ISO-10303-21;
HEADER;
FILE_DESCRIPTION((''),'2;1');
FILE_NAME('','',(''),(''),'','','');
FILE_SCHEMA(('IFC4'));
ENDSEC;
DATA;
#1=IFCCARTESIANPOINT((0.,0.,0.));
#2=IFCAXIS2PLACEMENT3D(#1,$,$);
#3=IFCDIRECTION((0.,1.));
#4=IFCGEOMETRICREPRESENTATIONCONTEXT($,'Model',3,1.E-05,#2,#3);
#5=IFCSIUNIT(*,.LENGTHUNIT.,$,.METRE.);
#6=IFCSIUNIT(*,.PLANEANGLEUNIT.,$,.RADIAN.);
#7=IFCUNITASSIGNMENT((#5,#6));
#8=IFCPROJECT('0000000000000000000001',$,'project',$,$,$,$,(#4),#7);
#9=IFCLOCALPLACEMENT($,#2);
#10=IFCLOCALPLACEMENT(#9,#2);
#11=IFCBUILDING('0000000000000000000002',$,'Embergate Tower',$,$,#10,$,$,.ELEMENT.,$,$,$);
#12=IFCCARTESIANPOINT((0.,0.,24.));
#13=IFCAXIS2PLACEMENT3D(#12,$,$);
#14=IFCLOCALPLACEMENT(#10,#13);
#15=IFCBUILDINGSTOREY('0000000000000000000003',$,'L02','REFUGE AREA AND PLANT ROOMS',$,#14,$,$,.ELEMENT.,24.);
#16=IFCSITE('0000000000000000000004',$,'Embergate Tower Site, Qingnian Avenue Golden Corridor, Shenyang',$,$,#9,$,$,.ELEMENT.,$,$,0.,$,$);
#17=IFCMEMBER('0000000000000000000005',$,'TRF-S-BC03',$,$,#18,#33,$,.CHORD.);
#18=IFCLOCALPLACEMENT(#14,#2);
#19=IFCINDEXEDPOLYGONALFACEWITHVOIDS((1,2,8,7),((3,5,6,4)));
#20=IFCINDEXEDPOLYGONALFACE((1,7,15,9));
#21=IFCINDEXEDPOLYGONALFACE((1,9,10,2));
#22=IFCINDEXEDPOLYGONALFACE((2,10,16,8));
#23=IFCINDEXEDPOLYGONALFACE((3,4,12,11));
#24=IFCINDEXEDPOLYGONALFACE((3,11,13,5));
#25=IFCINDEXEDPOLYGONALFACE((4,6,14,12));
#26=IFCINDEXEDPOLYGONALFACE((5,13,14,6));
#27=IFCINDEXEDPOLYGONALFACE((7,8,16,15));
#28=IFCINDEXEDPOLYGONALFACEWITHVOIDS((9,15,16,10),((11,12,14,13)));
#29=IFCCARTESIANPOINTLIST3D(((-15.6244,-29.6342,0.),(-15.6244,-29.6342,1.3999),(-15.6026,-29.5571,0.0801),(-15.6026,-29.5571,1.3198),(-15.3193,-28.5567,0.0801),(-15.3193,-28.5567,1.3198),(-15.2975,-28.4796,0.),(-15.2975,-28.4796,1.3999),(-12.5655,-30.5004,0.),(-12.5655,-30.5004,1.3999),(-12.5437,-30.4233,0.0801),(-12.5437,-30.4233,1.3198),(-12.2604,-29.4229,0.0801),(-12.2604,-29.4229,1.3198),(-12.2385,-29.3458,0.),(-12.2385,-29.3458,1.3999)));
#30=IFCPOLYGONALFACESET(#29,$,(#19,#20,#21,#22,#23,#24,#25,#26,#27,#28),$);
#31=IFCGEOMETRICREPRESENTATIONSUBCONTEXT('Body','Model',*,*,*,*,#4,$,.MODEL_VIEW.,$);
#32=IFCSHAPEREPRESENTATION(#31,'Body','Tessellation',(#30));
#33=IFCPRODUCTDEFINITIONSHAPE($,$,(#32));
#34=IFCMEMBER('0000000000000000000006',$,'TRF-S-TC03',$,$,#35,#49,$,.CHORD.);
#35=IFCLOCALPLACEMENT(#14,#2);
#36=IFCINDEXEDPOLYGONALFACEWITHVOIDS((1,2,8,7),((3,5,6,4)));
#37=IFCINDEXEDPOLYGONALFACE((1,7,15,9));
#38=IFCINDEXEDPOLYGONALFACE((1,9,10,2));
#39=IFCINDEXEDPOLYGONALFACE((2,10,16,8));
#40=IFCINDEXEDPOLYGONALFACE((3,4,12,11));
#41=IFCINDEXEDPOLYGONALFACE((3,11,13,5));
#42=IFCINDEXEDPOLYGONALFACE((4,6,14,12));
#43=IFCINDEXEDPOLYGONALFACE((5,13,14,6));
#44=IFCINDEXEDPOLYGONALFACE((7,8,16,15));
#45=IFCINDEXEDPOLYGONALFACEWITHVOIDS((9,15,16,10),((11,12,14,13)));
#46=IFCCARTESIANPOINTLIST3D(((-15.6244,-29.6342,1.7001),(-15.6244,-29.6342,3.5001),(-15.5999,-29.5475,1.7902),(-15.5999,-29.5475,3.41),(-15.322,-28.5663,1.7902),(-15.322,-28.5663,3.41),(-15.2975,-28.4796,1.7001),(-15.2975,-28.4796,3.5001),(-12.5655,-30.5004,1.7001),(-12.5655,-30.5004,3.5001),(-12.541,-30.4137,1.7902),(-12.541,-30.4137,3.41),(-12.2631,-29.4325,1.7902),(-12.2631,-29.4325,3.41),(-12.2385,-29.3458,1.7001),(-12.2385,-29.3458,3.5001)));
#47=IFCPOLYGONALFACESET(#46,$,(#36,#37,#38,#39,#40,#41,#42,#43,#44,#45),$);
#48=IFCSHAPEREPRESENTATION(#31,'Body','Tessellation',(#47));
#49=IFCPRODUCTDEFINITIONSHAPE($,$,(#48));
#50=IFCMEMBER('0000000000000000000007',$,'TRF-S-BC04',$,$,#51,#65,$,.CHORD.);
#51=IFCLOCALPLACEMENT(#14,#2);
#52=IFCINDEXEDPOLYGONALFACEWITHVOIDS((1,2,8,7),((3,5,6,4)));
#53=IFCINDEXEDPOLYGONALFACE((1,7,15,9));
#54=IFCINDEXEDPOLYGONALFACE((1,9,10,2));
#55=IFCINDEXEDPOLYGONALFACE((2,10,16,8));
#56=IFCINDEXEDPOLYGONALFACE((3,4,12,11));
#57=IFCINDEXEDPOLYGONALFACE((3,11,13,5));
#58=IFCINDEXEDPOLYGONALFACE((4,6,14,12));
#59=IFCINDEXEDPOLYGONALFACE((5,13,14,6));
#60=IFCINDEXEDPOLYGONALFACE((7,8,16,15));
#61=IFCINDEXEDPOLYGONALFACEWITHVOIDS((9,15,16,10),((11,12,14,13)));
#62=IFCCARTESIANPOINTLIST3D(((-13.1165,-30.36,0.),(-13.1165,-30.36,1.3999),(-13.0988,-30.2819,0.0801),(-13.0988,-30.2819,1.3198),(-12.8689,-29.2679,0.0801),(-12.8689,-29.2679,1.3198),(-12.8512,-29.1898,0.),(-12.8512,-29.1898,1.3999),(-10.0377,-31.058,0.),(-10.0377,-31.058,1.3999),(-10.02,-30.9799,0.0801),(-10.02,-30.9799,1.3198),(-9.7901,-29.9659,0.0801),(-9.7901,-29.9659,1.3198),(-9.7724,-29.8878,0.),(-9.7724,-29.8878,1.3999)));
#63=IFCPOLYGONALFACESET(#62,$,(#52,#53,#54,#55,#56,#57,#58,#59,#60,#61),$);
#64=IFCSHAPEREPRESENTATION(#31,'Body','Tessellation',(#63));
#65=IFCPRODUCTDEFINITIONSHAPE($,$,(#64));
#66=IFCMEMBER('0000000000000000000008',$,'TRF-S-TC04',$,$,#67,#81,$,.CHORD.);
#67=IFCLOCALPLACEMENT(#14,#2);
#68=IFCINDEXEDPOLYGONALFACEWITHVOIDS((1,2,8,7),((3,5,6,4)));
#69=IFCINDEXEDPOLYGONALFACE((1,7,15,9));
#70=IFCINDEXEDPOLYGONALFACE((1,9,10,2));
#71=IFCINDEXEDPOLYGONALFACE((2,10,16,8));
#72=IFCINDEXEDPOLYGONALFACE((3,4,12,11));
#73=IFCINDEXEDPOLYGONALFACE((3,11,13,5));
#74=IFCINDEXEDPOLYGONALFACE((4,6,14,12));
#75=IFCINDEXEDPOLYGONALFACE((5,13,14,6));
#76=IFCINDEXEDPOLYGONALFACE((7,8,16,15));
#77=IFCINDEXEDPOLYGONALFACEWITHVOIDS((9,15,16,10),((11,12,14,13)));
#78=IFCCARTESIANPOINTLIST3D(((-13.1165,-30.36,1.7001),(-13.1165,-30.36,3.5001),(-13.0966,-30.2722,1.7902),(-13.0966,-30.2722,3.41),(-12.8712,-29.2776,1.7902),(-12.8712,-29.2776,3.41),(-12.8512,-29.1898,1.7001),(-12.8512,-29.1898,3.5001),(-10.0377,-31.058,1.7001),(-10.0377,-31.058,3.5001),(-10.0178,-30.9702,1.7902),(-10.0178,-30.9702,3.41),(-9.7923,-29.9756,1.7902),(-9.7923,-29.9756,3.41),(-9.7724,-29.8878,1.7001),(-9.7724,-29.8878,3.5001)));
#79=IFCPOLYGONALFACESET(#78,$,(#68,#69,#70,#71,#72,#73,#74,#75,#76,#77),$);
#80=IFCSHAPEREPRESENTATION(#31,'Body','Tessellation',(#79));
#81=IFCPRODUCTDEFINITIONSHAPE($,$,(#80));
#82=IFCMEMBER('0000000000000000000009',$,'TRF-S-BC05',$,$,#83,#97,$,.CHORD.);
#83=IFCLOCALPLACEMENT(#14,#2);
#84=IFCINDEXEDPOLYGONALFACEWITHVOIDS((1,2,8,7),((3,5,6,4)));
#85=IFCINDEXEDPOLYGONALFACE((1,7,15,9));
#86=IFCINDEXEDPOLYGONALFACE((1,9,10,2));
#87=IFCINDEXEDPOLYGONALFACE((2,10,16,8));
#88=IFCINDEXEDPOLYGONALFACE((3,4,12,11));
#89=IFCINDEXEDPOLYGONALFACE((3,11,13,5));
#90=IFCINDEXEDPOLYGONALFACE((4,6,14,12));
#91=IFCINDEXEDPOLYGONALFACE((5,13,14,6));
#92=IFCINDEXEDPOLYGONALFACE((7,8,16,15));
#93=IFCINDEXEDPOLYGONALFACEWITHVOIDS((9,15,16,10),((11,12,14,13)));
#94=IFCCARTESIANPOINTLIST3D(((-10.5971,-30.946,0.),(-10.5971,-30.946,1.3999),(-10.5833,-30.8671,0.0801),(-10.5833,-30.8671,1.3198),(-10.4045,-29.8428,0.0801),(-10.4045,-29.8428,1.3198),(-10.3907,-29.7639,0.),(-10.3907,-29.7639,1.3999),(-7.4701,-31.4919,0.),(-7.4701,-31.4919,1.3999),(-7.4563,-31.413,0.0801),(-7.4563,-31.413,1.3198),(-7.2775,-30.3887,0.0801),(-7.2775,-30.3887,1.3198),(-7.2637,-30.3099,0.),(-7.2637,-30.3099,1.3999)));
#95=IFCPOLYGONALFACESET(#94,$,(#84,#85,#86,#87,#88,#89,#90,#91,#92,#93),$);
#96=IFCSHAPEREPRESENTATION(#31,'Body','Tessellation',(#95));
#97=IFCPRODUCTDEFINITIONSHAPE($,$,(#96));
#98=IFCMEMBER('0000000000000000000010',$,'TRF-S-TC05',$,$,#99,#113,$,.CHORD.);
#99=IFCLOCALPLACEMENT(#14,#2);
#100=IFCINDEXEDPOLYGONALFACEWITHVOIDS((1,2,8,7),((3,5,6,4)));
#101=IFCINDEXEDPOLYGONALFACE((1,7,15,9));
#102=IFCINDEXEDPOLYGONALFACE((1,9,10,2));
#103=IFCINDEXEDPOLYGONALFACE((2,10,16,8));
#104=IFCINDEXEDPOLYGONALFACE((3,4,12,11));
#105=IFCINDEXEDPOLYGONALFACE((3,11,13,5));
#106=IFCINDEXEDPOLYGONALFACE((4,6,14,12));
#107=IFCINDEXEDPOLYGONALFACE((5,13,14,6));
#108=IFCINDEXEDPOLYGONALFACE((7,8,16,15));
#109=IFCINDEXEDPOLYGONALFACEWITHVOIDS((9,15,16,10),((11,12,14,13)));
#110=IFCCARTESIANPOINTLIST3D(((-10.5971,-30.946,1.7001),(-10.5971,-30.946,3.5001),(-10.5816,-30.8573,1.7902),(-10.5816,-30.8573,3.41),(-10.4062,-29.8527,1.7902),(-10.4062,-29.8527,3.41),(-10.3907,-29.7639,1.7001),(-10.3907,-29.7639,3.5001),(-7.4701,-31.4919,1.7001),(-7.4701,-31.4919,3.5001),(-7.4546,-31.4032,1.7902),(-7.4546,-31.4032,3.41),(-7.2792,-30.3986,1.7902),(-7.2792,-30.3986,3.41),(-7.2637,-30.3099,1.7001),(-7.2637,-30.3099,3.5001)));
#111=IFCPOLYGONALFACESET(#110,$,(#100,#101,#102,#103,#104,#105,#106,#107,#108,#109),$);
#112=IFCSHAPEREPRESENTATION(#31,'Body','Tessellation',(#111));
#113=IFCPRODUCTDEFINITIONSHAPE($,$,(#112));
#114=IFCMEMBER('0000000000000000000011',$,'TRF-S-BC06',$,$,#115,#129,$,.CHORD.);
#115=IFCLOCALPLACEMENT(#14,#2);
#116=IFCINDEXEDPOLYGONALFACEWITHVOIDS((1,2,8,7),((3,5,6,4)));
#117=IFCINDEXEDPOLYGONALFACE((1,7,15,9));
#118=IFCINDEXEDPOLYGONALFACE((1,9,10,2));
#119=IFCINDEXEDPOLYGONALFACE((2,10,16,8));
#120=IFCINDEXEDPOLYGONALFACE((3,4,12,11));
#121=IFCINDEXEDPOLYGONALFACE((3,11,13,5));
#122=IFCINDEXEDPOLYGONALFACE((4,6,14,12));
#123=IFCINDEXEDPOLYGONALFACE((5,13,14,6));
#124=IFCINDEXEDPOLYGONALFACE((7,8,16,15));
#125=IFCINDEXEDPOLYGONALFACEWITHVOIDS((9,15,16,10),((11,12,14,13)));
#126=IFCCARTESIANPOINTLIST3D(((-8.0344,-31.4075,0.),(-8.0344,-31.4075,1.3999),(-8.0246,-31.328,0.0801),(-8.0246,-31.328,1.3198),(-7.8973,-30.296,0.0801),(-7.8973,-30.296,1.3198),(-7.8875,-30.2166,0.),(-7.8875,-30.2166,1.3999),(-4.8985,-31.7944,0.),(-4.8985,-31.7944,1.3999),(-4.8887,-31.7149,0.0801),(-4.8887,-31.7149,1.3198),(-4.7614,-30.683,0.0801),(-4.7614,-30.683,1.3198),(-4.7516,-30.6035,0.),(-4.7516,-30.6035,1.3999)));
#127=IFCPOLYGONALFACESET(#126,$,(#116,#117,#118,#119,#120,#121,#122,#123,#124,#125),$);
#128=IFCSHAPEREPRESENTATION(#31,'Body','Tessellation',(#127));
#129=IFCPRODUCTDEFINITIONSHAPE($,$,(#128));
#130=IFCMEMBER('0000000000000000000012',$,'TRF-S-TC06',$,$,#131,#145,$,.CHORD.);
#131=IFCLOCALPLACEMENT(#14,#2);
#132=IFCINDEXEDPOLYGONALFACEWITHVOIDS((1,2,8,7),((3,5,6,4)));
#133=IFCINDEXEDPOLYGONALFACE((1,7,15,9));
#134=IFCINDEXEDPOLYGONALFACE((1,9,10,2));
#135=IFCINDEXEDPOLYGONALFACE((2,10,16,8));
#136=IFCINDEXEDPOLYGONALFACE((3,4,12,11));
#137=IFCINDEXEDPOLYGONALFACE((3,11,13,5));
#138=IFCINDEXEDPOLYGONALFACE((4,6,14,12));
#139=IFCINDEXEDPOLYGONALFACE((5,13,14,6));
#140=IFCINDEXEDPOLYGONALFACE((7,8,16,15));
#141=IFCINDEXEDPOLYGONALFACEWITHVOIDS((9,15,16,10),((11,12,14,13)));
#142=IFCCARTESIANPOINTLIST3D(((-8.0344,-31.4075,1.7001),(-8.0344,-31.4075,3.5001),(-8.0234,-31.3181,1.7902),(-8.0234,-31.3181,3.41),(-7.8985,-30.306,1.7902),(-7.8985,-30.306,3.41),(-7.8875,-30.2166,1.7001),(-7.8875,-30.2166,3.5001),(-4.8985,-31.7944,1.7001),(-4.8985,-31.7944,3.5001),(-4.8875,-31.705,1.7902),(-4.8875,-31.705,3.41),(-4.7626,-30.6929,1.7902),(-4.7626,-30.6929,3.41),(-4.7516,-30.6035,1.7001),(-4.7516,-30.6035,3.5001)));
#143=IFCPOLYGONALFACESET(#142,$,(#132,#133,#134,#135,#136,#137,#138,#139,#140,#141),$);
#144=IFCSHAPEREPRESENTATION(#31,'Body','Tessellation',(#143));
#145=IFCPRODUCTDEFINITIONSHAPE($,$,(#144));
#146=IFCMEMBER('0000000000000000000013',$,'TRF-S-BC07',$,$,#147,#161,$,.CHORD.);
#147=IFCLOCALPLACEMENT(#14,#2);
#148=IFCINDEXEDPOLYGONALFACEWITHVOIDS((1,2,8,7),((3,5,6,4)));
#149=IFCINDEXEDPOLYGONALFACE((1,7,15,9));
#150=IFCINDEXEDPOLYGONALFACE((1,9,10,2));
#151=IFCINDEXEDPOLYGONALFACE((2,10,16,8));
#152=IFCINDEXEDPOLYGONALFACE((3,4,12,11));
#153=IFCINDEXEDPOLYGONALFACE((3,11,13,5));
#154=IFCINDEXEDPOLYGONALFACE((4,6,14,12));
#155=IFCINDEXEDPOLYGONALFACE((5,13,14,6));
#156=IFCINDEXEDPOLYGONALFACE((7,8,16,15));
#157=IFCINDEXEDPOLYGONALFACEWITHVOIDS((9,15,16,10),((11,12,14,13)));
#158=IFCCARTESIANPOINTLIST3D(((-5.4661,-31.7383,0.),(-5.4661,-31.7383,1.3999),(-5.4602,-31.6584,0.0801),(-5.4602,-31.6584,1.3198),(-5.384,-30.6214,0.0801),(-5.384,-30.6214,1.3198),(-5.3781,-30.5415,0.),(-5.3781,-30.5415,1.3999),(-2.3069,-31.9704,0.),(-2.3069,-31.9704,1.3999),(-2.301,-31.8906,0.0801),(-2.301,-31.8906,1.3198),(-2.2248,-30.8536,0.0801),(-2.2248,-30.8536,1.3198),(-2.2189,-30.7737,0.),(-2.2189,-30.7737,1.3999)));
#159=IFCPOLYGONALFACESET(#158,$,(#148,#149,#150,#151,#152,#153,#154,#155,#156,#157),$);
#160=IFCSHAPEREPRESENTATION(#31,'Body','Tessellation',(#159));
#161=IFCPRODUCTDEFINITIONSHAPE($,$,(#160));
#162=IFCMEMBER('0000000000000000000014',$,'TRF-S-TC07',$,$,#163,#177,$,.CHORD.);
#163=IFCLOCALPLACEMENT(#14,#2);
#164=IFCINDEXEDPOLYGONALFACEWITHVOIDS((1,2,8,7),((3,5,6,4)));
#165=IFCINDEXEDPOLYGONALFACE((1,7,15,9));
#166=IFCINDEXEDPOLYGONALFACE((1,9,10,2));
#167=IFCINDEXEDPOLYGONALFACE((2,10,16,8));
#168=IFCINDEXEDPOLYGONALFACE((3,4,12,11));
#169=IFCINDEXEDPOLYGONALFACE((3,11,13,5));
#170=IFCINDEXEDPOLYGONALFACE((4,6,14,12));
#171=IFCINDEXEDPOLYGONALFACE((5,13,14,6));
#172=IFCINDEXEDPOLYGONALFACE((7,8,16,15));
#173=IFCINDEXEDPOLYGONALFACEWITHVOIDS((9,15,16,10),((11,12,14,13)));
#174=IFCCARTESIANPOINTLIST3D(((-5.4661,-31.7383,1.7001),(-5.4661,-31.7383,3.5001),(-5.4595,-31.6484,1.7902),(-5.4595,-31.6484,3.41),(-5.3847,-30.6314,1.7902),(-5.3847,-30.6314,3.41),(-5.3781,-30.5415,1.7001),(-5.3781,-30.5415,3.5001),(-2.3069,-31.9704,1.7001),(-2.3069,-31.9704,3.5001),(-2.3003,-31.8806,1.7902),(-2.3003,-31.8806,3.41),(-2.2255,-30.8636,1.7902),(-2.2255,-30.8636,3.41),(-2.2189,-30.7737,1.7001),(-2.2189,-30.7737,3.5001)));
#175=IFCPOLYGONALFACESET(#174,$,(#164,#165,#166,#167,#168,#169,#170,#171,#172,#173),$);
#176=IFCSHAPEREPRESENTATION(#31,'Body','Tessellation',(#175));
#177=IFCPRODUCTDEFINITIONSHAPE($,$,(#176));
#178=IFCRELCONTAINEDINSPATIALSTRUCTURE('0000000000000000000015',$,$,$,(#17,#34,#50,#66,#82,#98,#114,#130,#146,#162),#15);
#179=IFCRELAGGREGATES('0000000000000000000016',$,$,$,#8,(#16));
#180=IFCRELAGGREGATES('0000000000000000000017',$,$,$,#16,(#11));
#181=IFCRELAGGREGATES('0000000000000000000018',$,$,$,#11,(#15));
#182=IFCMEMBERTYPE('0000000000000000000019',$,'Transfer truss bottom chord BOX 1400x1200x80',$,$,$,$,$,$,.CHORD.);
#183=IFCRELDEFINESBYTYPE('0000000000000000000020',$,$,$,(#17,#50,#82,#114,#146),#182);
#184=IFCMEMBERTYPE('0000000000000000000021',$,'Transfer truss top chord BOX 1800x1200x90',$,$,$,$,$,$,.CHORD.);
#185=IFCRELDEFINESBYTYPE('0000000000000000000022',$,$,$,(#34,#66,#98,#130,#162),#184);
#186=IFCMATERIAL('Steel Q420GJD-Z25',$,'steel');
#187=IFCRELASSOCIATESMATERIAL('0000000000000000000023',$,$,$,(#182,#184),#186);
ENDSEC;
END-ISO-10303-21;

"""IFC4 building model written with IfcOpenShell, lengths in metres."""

from ifc_helpers import new_model, si_unit, direction, frame, origin, origin_2d, place, context, subcontext, project, spatial, hollow_rectangle, extrude, source, transform, mapped, material, material_profile, profile_set, type_object, element, save


model = new_model("IFC4")

# Units and contexts
model_context = context("Model", 3, precision=1e-05, world=origin(), true_north=direction((0.0, 1.0)))
body_context = subcontext(model_context, "Body", "Model", "MODEL_VIEW")
ifc_project = project(units=[si_unit("LENGTHUNIT", "METRE"), si_unit("PLANEANGLEUNIT", "RADIAN")], contexts=[model_context])

# Site, building, storey
site_placement = place(None, origin())
site = spatial("IfcSite", under=ifc_project, at=site_placement, Name="Embergate Tower Site, Qingnian Avenue Golden Corridor, Shenyang", CompositionType="ELEMENT", RefElevation=0.0)
building_placement = place(site_placement, origin())
building = spatial("IfcBuilding", under=site, at=building_placement, Name="Embergate Tower", CompositionType="ELEMENT")
storey_placement = place(building_placement, frame((0.0, 0.0, 24.0)))
storey = spatial("IfcBuildingStorey", under=building, at=storey_placement, Name="L02", Description="REFUGE AREA AND PLANT ROOMS", CompositionType="ELEMENT", Elevation=24.0)

# Members
ifc_material_1 = material(Name="Steel Q420GJD-Z25", Category="steel")
ifc_material_profile_1 = material_profile(ifc_material_1, hollow_rectangle(XDim=1.2, YDim=1.3999, WallThickness=0.0801, at=origin_2d()), Name="BOX 1400x1200x80")
ifc_profile_set_1 = profile_set([ifc_material_profile_1], Name="Steel Q420 grade GJD-Z25")
member_type_1 = type_object("IfcMemberType", Name="Transfer truss bottom chord BOX 1400x1200x80", PredefinedType="CHORD", material=ifc_profile_set_1)
shared_shape_1 = source(origin(), body_context, "Body", "SweptSolid", [
    extrude(hollow_rectangle(XDim=1.2, YDim=1.3999, WallThickness=0.0801, at=origin_2d()), origin(), (0.0, 0.0, 1.0), 3.1792),
])
member_1_placement = place(storey_placement, frame((-15.4609, -29.0569, 0.7), z_axis=(0.962165, -0.272469, 0.0), x_axis=(0.272469, 0.962165, 0.0)))
element("IfcMember", 1, at=member_1_placement, inside=storey, type_object=member_type_1, Name="TRF-S-BC03", PredefinedType="CHORD", context=body_context, shape_type="MappedRepresentation", body=[
    mapped(shared_shape_1, transform((0.0, 0.0, 0.0))),
])
ifc_material_profile_2 = material_profile(ifc_material_1, hollow_rectangle(XDim=1.2, YDim=1.8, WallThickness=0.0901, at=origin_2d()), Name="BOX 1800x1200x90")
ifc_profile_set_2 = profile_set([ifc_material_profile_2], Name="Steel Q420 grade GJD-Z25")
member_type_2 = type_object("IfcMemberType", Name="Transfer truss top chord BOX 1800x1200x90", PredefinedType="CHORD", material=ifc_profile_set_2)
shared_shape_2 = source(origin(), body_context, "Body", "SweptSolid", [
    extrude(hollow_rectangle(XDim=1.2, YDim=1.8, WallThickness=0.0901, at=origin_2d()), origin(), (0.0, 0.0, 1.0), 3.1792),
])
member_2_placement = place(storey_placement, frame((-15.4609, -29.0569, 2.6001), z_axis=(0.962165, -0.272469, 0.0), x_axis=(0.272469, 0.962165, 0.0)))
element("IfcMember", 2, at=member_2_placement, inside=storey, type_object=member_type_2, Name="TRF-S-TC03", PredefinedType="CHORD", context=body_context, shape_type="MappedRepresentation", body=[
    mapped(shared_shape_2, transform((0.0, 0.0, 0.0))),
])
shared_shape_3 = source(origin(), body_context, "Body", "SweptSolid", [
    extrude(hollow_rectangle(XDim=1.2, YDim=1.3999, WallThickness=0.0801, at=origin_2d()), origin(), (0.0, 0.0, 1.0), 3.157),
])
member_3_placement = place(storey_placement, frame((-12.9839, -29.7749, 0.7), z_axis=(0.975252, -0.221096, 0.0), x_axis=(0.221096, 0.975252, 0.0)))
element("IfcMember", 3, at=member_3_placement, inside=storey, type_object=member_type_1, Name="TRF-S-BC04", PredefinedType="CHORD", context=body_context, shape_type="MappedRepresentation", body=[
    mapped(shared_shape_3, transform((0.0, 0.0, 0.0))),
])
shared_shape_4 = source(origin(), body_context, "Body", "SweptSolid", [
    extrude(hollow_rectangle(XDim=1.2, YDim=1.8, WallThickness=0.0901, at=origin_2d()), origin(), (0.0, 0.0, 1.0), 3.157),
])
member_4_placement = place(storey_placement, frame((-12.9839, -29.7749, 2.6001), z_axis=(0.975252, -0.221096, 0.0), x_axis=(0.221096, 0.975252, 0.0)))
element("IfcMember", 4, at=member_4_placement, inside=storey, type_object=member_type_2, Name="TRF-S-TC04", PredefinedType="CHORD", context=body_context, shape_type="MappedRepresentation", body=[
    mapped(shared_shape_4, transform((0.0, 0.0, 0.0))),
])
shared_shape_5 = source(origin(), body_context, "Body", "SweptSolid", [
    extrude(hollow_rectangle(XDim=1.2, YDim=1.3999, WallThickness=0.0801, at=origin_2d()), origin(), (0.0, 0.0, 1.0), 3.1743),
])
member_5_placement = place(storey_placement, frame((-10.4939, -30.355, 0.7), z_axis=(0.985101, -0.171977, 0.0), x_axis=(0.171977, 0.985101, 0.0)))
element("IfcMember", 5, at=member_5_placement, inside=storey, type_object=member_type_1, Name="TRF-S-BC05", PredefinedType="CHORD", context=body_context, shape_type="MappedRepresentation", body=[
    mapped(shared_shape_5, transform((0.0, 0.0, 0.0))),
])
shared_shape_6 = source(origin(), body_context, "Body", "SweptSolid", [
    extrude(hollow_rectangle(XDim=1.2, YDim=1.8, WallThickness=0.0901, at=origin_2d()), origin(), (0.0, 0.0, 1.0), 3.1743),
])
member_6_placement = place(storey_placement, frame((-10.4939, -30.355, 2.6001), z_axis=(0.985101, -0.171977, 0.0), x_axis=(0.171977, 0.985101, 0.0)))
element("IfcMember", 6, at=member_6_placement, inside=storey, type_object=member_type_2, Name="TRF-S-TC05", PredefinedType="CHORD", context=body_context, shape_type="MappedRepresentation", body=[
    mapped(shared_shape_6, transform((0.0, 0.0, 0.0))),
])
shared_shape_7 = source(origin(), body_context, "Body", "SweptSolid", [
    extrude(hollow_rectangle(XDim=1.2, YDim=1.3999, WallThickness=0.0801, at=origin_2d()), origin(), (0.0, 0.0, 1.0), 3.1597),
])
member_7_placement = place(storey_placement, frame((-7.9609, -30.812, 0.7), z_axis=(0.992473, -0.122465, 0.0), x_axis=(0.122465, 0.992473, 0.0)))
element("IfcMember", 7, at=member_7_placement, inside=storey, type_object=member_type_1, Name="TRF-S-BC06", PredefinedType="CHORD", context=body_context, shape_type="MappedRepresentation", body=[
    mapped(shared_shape_7, transform((0.0, 0.0, 0.0))),
])
shared_shape_8 = source(origin(), body_context, "Body", "SweptSolid", [
    extrude(hollow_rectangle(XDim=1.2, YDim=1.8, WallThickness=0.0901, at=origin_2d()), origin(), (0.0, 0.0, 1.0), 3.1597),
])
member_8_placement = place(storey_placement, frame((-7.9609, -30.812, 2.6001), z_axis=(0.992473, -0.122465, 0.0), x_axis=(0.122465, 0.992473, 0.0)))
element("IfcMember", 8, at=member_8_placement, inside=storey, type_object=member_type_2, Name="TRF-S-TC06", PredefinedType="CHORD", context=body_context, shape_type="MappedRepresentation", body=[
    mapped(shared_shape_8, transform((0.0, 0.0, 0.0))),
])
shared_shape_9 = source(origin(), body_context, "Body", "SweptSolid", [
    extrude(hollow_rectangle(XDim=1.2, YDim=1.3999, WallThickness=0.0801, at=origin_2d()), origin(), (0.0, 0.0, 1.0), 3.1677),
])
member_9_placement = place(storey_placement, frame((-5.4221, -31.1399, 0.7), z_axis=(0.99731, -0.073295, 0.0), x_axis=(0.073295, 0.99731, 0.0)))
element("IfcMember", 9, at=member_9_placement, inside=storey, type_object=member_type_1, Name="TRF-S-BC07", PredefinedType="CHORD", context=body_context, shape_type="MappedRepresentation", body=[
    mapped(shared_shape_9, transform((0.0, 0.0, 0.0))),
])
shared_shape_10 = source(origin(), body_context, "Body", "SweptSolid", [
    extrude(hollow_rectangle(XDim=1.2, YDim=1.8, WallThickness=0.0901, at=origin_2d()), origin(), (0.0, 0.0, 1.0), 3.1677),
])
member_10_placement = place(storey_placement, frame((-5.4221, -31.1399, 2.6001), z_axis=(0.99731, -0.073295, 0.0), x_axis=(0.073295, 0.99731, 0.0)))
element("IfcMember", 10, at=member_10_placement, inside=storey, type_object=member_type_2, Name="TRF-S-TC07", PredefinedType="CHORD", context=body_context, shape_type="MappedRepresentation", body=[
    mapped(shared_shape_10, transform((0.0, 0.0, 0.0))),
])

save(model, "model.ifc")
